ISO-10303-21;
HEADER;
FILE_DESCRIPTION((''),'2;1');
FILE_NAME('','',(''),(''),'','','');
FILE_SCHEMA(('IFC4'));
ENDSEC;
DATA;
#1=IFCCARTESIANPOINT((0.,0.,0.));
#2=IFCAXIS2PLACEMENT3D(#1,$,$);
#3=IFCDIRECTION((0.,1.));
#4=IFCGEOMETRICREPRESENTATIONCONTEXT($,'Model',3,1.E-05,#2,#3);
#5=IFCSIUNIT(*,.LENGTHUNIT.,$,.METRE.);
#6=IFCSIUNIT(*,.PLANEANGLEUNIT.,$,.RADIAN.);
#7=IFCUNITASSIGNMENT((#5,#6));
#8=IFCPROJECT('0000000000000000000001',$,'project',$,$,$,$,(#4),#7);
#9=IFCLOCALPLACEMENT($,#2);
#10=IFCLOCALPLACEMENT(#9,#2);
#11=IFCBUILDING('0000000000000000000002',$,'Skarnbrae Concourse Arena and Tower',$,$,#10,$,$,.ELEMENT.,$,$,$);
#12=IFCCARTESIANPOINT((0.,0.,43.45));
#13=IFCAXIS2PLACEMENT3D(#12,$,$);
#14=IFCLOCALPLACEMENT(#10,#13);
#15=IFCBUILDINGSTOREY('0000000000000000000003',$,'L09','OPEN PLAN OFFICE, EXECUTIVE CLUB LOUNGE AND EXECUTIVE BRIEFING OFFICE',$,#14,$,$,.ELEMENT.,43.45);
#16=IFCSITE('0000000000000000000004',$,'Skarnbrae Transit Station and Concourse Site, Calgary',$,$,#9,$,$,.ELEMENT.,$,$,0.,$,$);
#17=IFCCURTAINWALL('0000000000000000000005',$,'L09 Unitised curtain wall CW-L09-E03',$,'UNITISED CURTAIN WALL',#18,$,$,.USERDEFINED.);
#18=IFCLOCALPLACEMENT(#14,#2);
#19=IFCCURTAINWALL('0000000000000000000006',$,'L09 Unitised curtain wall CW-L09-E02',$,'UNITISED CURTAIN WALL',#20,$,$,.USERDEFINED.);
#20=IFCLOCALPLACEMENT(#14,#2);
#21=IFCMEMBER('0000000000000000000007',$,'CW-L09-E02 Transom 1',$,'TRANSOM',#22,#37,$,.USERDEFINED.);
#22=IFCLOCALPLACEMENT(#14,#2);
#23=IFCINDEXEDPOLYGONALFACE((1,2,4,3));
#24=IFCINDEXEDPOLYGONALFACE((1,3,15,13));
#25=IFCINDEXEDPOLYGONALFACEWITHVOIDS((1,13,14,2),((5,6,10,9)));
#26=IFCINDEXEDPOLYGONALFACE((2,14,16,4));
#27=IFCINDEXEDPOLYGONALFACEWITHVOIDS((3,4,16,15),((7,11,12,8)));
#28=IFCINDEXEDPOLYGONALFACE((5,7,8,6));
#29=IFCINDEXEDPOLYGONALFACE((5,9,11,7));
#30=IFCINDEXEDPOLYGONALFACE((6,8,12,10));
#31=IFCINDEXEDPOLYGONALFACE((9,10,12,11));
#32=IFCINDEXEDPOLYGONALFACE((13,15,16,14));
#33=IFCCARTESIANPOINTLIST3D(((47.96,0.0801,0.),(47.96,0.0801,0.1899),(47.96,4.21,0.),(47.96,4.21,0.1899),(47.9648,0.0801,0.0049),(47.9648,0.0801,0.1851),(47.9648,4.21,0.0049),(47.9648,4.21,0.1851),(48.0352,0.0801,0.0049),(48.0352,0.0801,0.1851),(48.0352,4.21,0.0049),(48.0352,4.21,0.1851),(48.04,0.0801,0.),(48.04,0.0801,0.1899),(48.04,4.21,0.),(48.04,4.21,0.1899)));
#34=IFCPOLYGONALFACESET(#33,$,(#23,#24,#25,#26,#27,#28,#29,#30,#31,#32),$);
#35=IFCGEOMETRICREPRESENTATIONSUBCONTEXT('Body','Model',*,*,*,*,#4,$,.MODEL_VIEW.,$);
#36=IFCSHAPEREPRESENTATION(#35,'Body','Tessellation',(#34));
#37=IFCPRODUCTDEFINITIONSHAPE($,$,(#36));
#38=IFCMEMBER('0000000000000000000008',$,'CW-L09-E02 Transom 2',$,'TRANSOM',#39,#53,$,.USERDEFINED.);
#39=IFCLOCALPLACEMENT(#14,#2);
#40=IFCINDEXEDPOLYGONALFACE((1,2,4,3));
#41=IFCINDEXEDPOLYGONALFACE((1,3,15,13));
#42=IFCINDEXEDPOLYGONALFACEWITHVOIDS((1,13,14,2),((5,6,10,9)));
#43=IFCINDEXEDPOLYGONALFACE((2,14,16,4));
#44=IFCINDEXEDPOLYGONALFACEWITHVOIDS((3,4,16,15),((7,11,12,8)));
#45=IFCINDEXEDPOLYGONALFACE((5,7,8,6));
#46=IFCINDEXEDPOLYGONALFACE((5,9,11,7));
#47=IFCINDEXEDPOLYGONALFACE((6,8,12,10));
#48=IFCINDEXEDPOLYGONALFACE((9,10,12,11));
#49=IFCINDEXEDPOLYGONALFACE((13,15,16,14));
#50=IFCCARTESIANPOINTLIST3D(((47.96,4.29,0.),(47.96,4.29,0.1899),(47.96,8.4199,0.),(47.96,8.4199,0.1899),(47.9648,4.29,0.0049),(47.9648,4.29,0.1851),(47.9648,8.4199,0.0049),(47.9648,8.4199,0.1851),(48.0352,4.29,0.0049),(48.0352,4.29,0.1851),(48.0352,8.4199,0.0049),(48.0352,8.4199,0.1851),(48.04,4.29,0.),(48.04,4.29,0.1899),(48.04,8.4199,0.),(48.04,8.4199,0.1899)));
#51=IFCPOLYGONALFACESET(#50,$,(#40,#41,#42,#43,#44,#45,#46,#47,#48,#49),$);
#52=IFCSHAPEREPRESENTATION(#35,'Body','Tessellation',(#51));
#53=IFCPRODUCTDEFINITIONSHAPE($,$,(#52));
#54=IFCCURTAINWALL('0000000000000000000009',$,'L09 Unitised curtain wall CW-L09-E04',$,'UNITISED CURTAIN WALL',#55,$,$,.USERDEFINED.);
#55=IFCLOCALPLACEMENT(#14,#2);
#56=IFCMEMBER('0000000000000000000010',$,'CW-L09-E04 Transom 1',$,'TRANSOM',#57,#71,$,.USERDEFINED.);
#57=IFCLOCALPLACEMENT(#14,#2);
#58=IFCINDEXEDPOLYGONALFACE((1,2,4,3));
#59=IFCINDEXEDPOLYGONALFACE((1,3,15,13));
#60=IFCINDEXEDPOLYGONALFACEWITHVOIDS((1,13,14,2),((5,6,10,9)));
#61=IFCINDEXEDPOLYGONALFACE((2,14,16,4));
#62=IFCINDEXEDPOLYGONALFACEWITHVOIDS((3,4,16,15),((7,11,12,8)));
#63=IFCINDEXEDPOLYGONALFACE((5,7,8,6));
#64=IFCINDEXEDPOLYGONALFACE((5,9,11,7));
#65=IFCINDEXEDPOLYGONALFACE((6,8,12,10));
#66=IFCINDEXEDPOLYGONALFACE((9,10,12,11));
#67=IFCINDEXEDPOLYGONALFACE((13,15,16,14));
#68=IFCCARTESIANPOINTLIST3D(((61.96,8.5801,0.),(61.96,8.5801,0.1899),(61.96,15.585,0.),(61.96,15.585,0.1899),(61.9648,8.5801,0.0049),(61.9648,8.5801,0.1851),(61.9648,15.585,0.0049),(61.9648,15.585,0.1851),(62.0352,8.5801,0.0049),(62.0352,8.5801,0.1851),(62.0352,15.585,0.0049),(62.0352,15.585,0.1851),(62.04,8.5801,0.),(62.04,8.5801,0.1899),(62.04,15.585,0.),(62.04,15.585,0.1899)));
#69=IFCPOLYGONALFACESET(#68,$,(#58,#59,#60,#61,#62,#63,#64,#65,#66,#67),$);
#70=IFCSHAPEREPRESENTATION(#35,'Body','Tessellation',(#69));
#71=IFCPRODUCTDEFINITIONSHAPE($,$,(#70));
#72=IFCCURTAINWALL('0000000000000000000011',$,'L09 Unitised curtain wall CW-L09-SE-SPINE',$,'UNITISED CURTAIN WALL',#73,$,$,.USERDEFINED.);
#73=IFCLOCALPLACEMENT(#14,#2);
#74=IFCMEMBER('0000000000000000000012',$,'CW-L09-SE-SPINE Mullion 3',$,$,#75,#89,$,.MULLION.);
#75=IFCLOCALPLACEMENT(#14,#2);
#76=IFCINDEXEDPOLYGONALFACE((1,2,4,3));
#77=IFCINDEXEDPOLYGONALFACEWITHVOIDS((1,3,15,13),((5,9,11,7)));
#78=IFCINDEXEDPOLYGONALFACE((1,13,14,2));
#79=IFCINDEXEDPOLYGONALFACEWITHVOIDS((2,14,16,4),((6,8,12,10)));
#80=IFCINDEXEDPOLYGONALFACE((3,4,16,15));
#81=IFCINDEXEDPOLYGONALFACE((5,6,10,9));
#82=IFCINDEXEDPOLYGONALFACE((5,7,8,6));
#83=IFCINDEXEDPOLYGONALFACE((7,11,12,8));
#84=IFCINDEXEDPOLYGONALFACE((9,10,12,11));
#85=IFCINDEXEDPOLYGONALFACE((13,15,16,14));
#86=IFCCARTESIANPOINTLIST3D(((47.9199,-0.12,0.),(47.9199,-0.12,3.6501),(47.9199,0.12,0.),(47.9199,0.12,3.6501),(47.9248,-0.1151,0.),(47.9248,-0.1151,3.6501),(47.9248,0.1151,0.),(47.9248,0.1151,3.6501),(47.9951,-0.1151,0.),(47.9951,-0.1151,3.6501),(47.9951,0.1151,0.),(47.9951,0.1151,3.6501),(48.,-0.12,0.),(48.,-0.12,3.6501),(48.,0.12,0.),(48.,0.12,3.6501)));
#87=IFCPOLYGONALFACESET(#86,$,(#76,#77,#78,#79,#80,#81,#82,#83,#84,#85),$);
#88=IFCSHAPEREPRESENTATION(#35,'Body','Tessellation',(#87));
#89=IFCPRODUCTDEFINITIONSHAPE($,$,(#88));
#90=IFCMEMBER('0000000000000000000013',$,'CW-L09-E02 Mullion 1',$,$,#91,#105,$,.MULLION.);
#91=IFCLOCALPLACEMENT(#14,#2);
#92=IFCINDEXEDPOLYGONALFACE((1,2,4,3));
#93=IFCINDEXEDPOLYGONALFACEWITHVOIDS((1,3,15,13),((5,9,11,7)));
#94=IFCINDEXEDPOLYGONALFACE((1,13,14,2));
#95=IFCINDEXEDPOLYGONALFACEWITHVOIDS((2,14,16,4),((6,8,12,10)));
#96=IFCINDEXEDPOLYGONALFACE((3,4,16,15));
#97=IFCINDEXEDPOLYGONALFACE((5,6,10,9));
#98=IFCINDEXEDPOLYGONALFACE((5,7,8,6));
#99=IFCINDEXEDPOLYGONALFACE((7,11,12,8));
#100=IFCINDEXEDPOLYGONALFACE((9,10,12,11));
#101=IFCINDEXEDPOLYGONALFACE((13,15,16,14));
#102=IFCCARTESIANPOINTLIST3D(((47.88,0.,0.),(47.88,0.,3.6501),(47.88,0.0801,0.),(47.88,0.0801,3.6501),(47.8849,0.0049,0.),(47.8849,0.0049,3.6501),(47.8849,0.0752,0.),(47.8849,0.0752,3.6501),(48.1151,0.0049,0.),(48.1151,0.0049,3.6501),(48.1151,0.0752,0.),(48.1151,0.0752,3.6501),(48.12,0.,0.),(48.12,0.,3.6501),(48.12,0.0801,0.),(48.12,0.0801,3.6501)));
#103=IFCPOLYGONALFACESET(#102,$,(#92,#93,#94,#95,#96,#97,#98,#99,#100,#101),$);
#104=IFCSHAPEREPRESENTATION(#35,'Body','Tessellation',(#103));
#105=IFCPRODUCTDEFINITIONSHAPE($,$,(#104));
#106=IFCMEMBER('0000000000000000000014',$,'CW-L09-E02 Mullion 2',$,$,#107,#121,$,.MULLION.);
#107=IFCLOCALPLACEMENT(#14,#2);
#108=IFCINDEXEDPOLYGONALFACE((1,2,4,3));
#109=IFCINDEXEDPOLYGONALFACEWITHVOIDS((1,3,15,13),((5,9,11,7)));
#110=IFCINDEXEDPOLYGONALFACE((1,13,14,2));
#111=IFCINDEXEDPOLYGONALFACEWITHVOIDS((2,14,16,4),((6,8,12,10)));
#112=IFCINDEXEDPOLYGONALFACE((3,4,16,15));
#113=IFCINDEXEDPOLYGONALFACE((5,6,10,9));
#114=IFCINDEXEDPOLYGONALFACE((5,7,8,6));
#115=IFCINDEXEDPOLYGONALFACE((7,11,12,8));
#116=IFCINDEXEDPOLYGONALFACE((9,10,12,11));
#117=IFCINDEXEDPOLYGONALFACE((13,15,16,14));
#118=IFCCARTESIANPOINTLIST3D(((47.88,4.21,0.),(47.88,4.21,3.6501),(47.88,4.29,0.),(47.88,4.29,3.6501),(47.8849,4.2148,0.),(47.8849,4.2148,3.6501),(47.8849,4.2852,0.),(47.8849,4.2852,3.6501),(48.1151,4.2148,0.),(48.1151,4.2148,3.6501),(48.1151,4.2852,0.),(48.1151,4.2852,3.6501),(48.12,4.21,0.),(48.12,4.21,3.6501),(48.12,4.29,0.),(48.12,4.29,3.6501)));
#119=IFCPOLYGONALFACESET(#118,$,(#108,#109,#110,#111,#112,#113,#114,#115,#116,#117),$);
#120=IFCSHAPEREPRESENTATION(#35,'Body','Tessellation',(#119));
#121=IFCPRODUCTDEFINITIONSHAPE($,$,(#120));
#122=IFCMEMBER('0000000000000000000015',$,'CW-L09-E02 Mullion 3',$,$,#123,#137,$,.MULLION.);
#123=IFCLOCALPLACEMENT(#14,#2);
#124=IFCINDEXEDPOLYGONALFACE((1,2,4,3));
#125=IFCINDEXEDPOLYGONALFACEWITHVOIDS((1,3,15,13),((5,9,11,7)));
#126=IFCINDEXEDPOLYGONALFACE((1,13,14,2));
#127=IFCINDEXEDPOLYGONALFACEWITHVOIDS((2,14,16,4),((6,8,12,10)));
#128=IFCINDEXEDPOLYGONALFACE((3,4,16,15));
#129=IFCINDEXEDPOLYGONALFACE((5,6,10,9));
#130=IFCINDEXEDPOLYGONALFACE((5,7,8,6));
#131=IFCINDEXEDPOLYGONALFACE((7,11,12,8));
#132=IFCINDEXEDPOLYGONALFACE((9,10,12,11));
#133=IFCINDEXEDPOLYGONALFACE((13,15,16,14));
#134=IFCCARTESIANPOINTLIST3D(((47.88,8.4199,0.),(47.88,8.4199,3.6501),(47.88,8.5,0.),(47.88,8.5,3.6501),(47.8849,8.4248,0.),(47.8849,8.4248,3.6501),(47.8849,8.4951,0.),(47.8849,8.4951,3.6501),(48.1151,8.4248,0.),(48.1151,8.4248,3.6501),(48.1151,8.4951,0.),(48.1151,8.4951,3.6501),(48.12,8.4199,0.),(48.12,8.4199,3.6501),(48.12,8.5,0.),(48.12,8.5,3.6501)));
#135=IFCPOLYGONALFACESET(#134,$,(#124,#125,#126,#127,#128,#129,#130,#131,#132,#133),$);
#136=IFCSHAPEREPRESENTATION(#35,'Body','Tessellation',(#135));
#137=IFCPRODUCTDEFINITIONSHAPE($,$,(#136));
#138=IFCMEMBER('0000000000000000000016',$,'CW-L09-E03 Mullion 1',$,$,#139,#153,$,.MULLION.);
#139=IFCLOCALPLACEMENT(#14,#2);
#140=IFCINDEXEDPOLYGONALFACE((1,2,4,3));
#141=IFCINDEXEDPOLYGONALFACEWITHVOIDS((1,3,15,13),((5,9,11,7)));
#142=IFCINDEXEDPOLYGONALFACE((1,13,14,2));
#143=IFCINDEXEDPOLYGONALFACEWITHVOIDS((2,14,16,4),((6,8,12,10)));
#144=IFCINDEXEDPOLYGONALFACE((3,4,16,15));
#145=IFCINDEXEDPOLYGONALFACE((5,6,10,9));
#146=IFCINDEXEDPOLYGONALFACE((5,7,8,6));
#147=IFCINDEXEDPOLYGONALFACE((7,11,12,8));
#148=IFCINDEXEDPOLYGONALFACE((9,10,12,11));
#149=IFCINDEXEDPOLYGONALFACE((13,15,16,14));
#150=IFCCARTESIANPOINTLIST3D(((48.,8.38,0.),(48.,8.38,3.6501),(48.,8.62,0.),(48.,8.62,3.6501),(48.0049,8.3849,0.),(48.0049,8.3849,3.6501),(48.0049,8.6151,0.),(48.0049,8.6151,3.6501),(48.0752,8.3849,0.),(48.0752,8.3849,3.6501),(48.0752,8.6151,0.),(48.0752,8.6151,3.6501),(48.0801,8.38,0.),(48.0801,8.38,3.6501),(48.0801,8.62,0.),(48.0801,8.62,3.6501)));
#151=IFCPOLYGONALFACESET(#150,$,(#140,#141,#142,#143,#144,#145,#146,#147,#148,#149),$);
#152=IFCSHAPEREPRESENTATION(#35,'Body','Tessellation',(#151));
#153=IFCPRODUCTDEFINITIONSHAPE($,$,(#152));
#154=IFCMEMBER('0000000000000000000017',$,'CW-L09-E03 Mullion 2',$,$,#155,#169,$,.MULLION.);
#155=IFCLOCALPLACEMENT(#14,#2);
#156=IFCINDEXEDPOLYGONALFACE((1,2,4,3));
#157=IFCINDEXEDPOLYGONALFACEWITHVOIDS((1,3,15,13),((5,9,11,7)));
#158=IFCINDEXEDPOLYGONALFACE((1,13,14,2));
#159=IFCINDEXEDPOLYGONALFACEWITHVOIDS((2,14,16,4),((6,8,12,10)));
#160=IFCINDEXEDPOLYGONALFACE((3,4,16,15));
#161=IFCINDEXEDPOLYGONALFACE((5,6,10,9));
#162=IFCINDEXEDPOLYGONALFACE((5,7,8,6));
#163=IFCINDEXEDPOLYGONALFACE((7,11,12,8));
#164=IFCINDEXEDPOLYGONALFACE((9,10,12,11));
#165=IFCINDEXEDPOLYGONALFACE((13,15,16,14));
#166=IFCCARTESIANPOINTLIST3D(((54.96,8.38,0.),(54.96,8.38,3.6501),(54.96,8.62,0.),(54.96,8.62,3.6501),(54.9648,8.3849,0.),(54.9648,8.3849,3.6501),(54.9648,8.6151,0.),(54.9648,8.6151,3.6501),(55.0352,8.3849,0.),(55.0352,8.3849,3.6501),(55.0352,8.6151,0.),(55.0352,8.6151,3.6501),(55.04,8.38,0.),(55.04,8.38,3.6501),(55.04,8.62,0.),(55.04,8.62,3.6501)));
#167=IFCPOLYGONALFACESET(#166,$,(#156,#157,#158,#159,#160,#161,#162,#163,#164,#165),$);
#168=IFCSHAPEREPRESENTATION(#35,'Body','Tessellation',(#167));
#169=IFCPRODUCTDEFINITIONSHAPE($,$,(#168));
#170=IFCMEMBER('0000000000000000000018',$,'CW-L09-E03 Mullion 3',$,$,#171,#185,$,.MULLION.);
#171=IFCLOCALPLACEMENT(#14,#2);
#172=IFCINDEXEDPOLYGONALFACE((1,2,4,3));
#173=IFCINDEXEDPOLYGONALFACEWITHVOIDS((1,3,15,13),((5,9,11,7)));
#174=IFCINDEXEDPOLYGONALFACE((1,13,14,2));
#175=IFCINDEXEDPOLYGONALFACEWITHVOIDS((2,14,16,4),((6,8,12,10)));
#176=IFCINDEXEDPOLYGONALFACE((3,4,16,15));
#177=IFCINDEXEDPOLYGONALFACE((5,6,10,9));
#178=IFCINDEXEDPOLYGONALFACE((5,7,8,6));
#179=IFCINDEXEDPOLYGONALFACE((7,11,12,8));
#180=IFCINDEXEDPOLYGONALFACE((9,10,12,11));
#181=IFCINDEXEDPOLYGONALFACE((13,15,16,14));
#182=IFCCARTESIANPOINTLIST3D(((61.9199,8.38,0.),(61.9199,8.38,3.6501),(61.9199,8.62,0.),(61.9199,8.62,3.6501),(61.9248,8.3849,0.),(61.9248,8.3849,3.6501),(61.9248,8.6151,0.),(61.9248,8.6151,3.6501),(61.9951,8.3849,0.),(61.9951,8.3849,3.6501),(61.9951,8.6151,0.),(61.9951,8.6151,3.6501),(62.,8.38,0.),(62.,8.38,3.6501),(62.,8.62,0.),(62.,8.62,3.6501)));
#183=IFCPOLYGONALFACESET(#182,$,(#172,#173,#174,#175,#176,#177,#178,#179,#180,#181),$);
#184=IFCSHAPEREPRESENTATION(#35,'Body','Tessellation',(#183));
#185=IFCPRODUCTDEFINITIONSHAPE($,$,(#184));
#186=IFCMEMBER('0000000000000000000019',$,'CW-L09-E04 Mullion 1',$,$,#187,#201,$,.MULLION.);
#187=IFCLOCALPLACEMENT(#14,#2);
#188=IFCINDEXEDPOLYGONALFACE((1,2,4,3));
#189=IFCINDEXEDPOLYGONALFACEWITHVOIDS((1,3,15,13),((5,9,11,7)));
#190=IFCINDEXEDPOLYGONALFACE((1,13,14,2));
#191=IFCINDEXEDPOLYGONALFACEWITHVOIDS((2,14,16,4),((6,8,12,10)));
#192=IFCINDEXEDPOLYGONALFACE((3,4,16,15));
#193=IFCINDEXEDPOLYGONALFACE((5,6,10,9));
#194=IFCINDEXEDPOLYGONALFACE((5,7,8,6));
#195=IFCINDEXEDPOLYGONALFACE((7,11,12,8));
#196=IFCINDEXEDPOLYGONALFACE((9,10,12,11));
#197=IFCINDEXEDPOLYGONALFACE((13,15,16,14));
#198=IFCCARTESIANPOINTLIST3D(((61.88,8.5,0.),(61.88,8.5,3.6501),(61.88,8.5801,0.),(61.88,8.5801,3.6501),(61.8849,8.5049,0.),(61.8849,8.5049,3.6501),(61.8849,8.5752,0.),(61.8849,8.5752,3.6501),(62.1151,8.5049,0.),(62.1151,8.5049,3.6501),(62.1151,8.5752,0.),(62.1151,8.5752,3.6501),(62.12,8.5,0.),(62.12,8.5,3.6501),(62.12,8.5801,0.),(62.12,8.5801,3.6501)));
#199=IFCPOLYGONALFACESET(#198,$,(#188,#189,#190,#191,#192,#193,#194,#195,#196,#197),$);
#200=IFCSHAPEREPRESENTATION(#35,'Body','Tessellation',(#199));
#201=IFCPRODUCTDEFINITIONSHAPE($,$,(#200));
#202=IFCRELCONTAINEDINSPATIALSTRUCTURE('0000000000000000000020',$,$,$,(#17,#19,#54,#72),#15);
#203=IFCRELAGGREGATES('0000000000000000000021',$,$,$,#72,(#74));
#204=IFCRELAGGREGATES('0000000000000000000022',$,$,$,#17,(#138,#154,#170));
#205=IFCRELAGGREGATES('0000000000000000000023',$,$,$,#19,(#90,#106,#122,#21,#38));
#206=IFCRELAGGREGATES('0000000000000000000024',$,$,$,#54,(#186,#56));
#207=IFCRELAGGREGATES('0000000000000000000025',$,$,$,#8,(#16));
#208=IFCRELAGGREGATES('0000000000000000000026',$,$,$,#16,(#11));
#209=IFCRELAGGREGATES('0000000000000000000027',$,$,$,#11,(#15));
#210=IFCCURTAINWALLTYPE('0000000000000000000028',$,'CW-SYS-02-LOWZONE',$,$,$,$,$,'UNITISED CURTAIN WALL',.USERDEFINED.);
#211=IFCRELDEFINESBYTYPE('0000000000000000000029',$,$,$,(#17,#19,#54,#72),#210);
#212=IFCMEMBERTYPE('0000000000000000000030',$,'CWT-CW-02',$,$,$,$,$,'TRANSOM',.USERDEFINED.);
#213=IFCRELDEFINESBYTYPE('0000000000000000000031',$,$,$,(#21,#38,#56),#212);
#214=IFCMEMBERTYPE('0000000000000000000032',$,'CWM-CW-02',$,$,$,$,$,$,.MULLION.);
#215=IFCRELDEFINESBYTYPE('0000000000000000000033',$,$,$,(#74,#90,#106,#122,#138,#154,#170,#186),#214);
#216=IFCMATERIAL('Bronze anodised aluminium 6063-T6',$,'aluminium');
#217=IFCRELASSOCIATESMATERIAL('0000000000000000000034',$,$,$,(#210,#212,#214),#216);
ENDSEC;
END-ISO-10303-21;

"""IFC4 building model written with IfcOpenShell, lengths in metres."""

from ifc_helpers import new_model, si_unit, direction, frame, origin, origin_2d, place, context, subcontext, project, spatial, hollow_rectangle, extrude, source, transform, mapped, material, material_profile, profile_set, type_object, element, aggregate, save


model = new_model("IFC4")

# Units and contexts
model_context = context("Model", 3, precision=1e-05, world=origin(), true_north=direction((0.0, 1.0)))
body_context = subcontext(model_context, "Body", "Model", "MODEL_VIEW")
ifc_project = project(units=[si_unit("LENGTHUNIT", "METRE"), si_unit("PLANEANGLEUNIT", "RADIAN")], contexts=[model_context])

# Site, building, storey
site_placement = place(None, origin())
site = spatial("IfcSite", under=ifc_project, at=site_placement, Name="Skarnbrae Transit Station and Concourse Site, Calgary", CompositionType="ELEMENT", RefElevation=0.0)
building_placement = place(site_placement, origin())
building = spatial("IfcBuilding", under=site, at=building_placement, Name="Skarnbrae Concourse Arena and Tower", CompositionType="ELEMENT")
storey_placement = place(building_placement, frame((0.0, 0.0, 43.45)))
storey = spatial("IfcBuildingStorey", under=building, at=storey_placement, Name="L09", Description="OPEN PLAN OFFICE, EXECUTIVE CLUB LOUNGE AND EXECUTIVE BRIEFING OFFICE", CompositionType="ELEMENT", Elevation=43.45)

# Curtain walls, members
ifc_material_1 = material(Name="Bronze anodised aluminium 6063-T6", Category="aluminium")
curtain_wall_type = type_object("IfcCurtainWallType", Name="CW-SYS-02-LOWZONE", ElementType="UNITISED CURTAIN WALL", PredefinedType="USERDEFINED", material=ifc_material_1)
curtain_wall_1_placement = place(storey_placement, origin())
curtain_wall_1 = element("IfcCurtainWall", 1, at=curtain_wall_1_placement, inside=storey, type_object=curtain_wall_type, Name="L09 Unitised curtain wall CW-L09-E03", ObjectType="UNITISED CURTAIN WALL", PredefinedType="USERDEFINED")
ifc_material_profile_1 = material_profile(ifc_material_1, hollow_rectangle(XDim=0.0801, YDim=0.1899, WallThickness=0.0049, at=origin_2d()), Name="ALU-TRAN-80X190")
ifc_profile_set_1 = profile_set([ifc_material_profile_1], Name="Bronze anodised aluminium 6063-T6")
member_type_1 = type_object("IfcMemberType", Name="CWT-CW-02", ElementType="TRANSOM", PredefinedType="USERDEFINED", material=ifc_profile_set_1)
curtain_wall_2_placement = place(storey_placement, origin())
curtain_wall_2 = element("IfcCurtainWall", 2, at=curtain_wall_2_placement, inside=storey, type_object=curtain_wall_type, Name="L09 Unitised curtain wall CW-L09-E02", ObjectType="UNITISED CURTAIN WALL", PredefinedType="USERDEFINED")
shared_shape_1 = source(origin(), body_context, "Body", "SweptSolid", [
    extrude(hollow_rectangle(XDim=0.0801, YDim=0.1899, WallThickness=0.0049, at=origin_2d()), origin(), (0.0, 0.0, 1.0), 4.1299),
])
member_1_placement = place(storey_placement, frame((48.0, 0.0801, 0.095), z_axis=(0.0, 1.0, 0.0), x_axis=(-1.0, 0.0, 0.0)))
member_1 = element("IfcMember", 3, at=member_1_placement, type_object=member_type_1, Name="CW-L09-E02 Transom 1", ObjectType="TRANSOM", PredefinedType="USERDEFINED", context=body_context, shape_type="MappedRepresentation", body=[
    mapped(shared_shape_1, transform((0.0, 0.0, 0.0))),
])
member_2_placement = place(storey_placement, frame((48.0, 4.29, 0.095), z_axis=(0.0, 1.0, 0.0), x_axis=(-1.0, 0.0, 0.0)))
member_2 = element("IfcMember", 4, at=member_2_placement, type_object=member_type_1, Name="CW-L09-E02 Transom 2", ObjectType="TRANSOM", PredefinedType="USERDEFINED", context=body_context, shape_type="MappedRepresentation", body=[
    mapped(shared_shape_1, transform((0.0, 0.0, 0.0))),
])

# Curtain walls, members
curtain_wall_3_placement = place(storey_placement, origin())
curtain_wall_3 = element("IfcCurtainWall", 5, at=curtain_wall_3_placement, inside=storey, type_object=curtain_wall_type, Name="L09 Unitised curtain wall CW-L09-E04", ObjectType="UNITISED CURTAIN WALL", PredefinedType="USERDEFINED")
shared_shape_2 = source(origin(), body_context, "Body", "SweptSolid", [
    extrude(hollow_rectangle(XDim=0.0801, YDim=0.1899, WallThickness=0.0049, at=origin_2d()), origin(), (0.0, 0.0, 1.0), 7.0049),
])
member_3_placement = place(storey_placement, frame((62.0, 8.5801, 0.095), z_axis=(0.0, 1.0, 0.0), x_axis=(-1.0, 0.0, 0.0)))
member_3 = element("IfcMember", 6, at=member_3_placement, type_object=member_type_1, Name="CW-L09-E04 Transom 1", ObjectType="TRANSOM", PredefinedType="USERDEFINED", context=body_context, shape_type="MappedRepresentation", body=[
    mapped(shared_shape_2, transform((0.0, 0.0, 0.0))),
])
curtain_wall_4_placement = place(storey_placement, origin())
curtain_wall_4 = element("IfcCurtainWall", 7, at=curtain_wall_4_placement, inside=storey, type_object=curtain_wall_type, Name="L09 Unitised curtain wall CW-L09-SE-SPINE", ObjectType="UNITISED CURTAIN WALL", PredefinedType="USERDEFINED")
ifc_material_profile_2 = material_profile(ifc_material_1, hollow_rectangle(XDim=0.0801, YDim=0.24, WallThickness=0.0049, at=origin_2d()), Name="ALU-MULL-80X240")
ifc_profile_set_2 = profile_set([ifc_material_profile_2], Name="Bronze anodised aluminium 6063-T6")
member_type_2 = type_object("IfcMemberType", Name="CWM-CW-02", PredefinedType="MULLION", material=ifc_profile_set_2)
shared_shape_3 = source(origin(), body_context, "Body", "SweptSolid", [
    extrude(hollow_rectangle(XDim=0.0801, YDim=0.24, WallThickness=0.0049, at=origin_2d()), origin(), (0.0, 0.0, 1.0), 3.6501),
])
member_4_placement = place(storey_placement, frame((47.96, 0.0, 0.0), z_axis=(0.0, 0.0, 1.0), x_axis=(1.0, 0.0, 0.0)))
member_4 = element("IfcMember", 8, at=member_4_placement, type_object=member_type_2, Name="CW-L09-SE-SPINE Mullion 3", PredefinedType="MULLION", context=body_context, shape_type="MappedRepresentation", body=[
    mapped(shared_shape_3, transform((0.0, 0.0, 0.0))),
])
aggregate(curtain_wall_4, [member_4])

# Members
member_5_placement = place(storey_placement, frame((48.0, 0.04, 0.0), z_axis=(0.0, 0.0, 1.0), x_axis=(0.0, 1.0, 0.0)))
member_5 = element("IfcMember", 9, at=member_5_placement, type_object=member_type_2, Name="CW-L09-E02 Mullion 1", PredefinedType="MULLION", context=body_context, shape_type="MappedRepresentation", body=[
    mapped(shared_shape_3, transform((0.0, 0.0, 0.0))),
])
member_6_placement = place(storey_placement, frame((48.0, 4.25, 0.0), z_axis=(0.0, 0.0, 1.0), x_axis=(0.0, 1.0, 0.0)))
member_6 = element("IfcMember", 10, at=member_6_placement, type_object=member_type_2, Name="CW-L09-E02 Mullion 2", PredefinedType="MULLION", context=body_context, shape_type="MappedRepresentation", body=[
    mapped(shared_shape_3, transform((0.0, 0.0, 0.0))),
])
member_7_placement = place(storey_placement, frame((48.0, 8.46, 0.0), z_axis=(0.0, 0.0, 1.0), x_axis=(0.0, 1.0, 0.0)))
member_7 = element("IfcMember", 11, at=member_7_placement, type_object=member_type_2, Name="CW-L09-E02 Mullion 3", PredefinedType="MULLION", context=body_context, shape_type="MappedRepresentation", body=[
    mapped(shared_shape_3, transform((0.0, 0.0, 0.0))),
])
member_8_placement = place(storey_placement, frame((48.04, 8.5, 0.0), z_axis=(0.0, 0.0, 1.0), x_axis=(1.0, 0.0, 0.0)))
member_8 = element("IfcMember", 12, at=member_8_placement, type_object=member_type_2, Name="CW-L09-E03 Mullion 1", PredefinedType="MULLION", context=body_context, shape_type="MappedRepresentation", body=[
    mapped(shared_shape_3, transform((0.0, 0.0, 0.0))),
])
member_9_placement = place(storey_placement, frame((55.0, 8.5, 0.0), z_axis=(0.0, 0.0, 1.0), x_axis=(1.0, 0.0, 0.0)))
member_9 = element("IfcMember", 13, at=member_9_placement, type_object=member_type_2, Name="CW-L09-E03 Mullion 2", PredefinedType="MULLION", context=body_context, shape_type="MappedRepresentation", body=[
    mapped(shared_shape_3, transform((0.0, 0.0, 0.0))),
])
member_10_placement = place(storey_placement, frame((61.96, 8.5, 0.0), z_axis=(0.0, 0.0, 1.0), x_axis=(1.0, 0.0, 0.0)))
member_10 = element("IfcMember", 14, at=member_10_placement, type_object=member_type_2, Name="CW-L09-E03 Mullion 3", PredefinedType="MULLION", context=body_context, shape_type="MappedRepresentation", body=[
    mapped(shared_shape_3, transform((0.0, 0.0, 0.0))),
])
member_11_placement = place(storey_placement, frame((62.0, 8.54, 0.0), z_axis=(0.0, 0.0, 1.0), x_axis=(0.0, 1.0, 0.0)))
member_11 = element("IfcMember", 15, at=member_11_placement, type_object=member_type_2, Name="CW-L09-E04 Mullion 1", PredefinedType="MULLION", context=body_context, shape_type="MappedRepresentation", body=[
    mapped(shared_shape_3, transform((0.0, 0.0, 0.0))),
])

aggregate(curtain_wall_1, [member_8, member_9, member_10])
aggregate(curtain_wall_2, [member_5, member_6, member_7, member_1, member_2])
aggregate(curtain_wall_3, [member_11, member_3])

save(model, "model.ifc")
